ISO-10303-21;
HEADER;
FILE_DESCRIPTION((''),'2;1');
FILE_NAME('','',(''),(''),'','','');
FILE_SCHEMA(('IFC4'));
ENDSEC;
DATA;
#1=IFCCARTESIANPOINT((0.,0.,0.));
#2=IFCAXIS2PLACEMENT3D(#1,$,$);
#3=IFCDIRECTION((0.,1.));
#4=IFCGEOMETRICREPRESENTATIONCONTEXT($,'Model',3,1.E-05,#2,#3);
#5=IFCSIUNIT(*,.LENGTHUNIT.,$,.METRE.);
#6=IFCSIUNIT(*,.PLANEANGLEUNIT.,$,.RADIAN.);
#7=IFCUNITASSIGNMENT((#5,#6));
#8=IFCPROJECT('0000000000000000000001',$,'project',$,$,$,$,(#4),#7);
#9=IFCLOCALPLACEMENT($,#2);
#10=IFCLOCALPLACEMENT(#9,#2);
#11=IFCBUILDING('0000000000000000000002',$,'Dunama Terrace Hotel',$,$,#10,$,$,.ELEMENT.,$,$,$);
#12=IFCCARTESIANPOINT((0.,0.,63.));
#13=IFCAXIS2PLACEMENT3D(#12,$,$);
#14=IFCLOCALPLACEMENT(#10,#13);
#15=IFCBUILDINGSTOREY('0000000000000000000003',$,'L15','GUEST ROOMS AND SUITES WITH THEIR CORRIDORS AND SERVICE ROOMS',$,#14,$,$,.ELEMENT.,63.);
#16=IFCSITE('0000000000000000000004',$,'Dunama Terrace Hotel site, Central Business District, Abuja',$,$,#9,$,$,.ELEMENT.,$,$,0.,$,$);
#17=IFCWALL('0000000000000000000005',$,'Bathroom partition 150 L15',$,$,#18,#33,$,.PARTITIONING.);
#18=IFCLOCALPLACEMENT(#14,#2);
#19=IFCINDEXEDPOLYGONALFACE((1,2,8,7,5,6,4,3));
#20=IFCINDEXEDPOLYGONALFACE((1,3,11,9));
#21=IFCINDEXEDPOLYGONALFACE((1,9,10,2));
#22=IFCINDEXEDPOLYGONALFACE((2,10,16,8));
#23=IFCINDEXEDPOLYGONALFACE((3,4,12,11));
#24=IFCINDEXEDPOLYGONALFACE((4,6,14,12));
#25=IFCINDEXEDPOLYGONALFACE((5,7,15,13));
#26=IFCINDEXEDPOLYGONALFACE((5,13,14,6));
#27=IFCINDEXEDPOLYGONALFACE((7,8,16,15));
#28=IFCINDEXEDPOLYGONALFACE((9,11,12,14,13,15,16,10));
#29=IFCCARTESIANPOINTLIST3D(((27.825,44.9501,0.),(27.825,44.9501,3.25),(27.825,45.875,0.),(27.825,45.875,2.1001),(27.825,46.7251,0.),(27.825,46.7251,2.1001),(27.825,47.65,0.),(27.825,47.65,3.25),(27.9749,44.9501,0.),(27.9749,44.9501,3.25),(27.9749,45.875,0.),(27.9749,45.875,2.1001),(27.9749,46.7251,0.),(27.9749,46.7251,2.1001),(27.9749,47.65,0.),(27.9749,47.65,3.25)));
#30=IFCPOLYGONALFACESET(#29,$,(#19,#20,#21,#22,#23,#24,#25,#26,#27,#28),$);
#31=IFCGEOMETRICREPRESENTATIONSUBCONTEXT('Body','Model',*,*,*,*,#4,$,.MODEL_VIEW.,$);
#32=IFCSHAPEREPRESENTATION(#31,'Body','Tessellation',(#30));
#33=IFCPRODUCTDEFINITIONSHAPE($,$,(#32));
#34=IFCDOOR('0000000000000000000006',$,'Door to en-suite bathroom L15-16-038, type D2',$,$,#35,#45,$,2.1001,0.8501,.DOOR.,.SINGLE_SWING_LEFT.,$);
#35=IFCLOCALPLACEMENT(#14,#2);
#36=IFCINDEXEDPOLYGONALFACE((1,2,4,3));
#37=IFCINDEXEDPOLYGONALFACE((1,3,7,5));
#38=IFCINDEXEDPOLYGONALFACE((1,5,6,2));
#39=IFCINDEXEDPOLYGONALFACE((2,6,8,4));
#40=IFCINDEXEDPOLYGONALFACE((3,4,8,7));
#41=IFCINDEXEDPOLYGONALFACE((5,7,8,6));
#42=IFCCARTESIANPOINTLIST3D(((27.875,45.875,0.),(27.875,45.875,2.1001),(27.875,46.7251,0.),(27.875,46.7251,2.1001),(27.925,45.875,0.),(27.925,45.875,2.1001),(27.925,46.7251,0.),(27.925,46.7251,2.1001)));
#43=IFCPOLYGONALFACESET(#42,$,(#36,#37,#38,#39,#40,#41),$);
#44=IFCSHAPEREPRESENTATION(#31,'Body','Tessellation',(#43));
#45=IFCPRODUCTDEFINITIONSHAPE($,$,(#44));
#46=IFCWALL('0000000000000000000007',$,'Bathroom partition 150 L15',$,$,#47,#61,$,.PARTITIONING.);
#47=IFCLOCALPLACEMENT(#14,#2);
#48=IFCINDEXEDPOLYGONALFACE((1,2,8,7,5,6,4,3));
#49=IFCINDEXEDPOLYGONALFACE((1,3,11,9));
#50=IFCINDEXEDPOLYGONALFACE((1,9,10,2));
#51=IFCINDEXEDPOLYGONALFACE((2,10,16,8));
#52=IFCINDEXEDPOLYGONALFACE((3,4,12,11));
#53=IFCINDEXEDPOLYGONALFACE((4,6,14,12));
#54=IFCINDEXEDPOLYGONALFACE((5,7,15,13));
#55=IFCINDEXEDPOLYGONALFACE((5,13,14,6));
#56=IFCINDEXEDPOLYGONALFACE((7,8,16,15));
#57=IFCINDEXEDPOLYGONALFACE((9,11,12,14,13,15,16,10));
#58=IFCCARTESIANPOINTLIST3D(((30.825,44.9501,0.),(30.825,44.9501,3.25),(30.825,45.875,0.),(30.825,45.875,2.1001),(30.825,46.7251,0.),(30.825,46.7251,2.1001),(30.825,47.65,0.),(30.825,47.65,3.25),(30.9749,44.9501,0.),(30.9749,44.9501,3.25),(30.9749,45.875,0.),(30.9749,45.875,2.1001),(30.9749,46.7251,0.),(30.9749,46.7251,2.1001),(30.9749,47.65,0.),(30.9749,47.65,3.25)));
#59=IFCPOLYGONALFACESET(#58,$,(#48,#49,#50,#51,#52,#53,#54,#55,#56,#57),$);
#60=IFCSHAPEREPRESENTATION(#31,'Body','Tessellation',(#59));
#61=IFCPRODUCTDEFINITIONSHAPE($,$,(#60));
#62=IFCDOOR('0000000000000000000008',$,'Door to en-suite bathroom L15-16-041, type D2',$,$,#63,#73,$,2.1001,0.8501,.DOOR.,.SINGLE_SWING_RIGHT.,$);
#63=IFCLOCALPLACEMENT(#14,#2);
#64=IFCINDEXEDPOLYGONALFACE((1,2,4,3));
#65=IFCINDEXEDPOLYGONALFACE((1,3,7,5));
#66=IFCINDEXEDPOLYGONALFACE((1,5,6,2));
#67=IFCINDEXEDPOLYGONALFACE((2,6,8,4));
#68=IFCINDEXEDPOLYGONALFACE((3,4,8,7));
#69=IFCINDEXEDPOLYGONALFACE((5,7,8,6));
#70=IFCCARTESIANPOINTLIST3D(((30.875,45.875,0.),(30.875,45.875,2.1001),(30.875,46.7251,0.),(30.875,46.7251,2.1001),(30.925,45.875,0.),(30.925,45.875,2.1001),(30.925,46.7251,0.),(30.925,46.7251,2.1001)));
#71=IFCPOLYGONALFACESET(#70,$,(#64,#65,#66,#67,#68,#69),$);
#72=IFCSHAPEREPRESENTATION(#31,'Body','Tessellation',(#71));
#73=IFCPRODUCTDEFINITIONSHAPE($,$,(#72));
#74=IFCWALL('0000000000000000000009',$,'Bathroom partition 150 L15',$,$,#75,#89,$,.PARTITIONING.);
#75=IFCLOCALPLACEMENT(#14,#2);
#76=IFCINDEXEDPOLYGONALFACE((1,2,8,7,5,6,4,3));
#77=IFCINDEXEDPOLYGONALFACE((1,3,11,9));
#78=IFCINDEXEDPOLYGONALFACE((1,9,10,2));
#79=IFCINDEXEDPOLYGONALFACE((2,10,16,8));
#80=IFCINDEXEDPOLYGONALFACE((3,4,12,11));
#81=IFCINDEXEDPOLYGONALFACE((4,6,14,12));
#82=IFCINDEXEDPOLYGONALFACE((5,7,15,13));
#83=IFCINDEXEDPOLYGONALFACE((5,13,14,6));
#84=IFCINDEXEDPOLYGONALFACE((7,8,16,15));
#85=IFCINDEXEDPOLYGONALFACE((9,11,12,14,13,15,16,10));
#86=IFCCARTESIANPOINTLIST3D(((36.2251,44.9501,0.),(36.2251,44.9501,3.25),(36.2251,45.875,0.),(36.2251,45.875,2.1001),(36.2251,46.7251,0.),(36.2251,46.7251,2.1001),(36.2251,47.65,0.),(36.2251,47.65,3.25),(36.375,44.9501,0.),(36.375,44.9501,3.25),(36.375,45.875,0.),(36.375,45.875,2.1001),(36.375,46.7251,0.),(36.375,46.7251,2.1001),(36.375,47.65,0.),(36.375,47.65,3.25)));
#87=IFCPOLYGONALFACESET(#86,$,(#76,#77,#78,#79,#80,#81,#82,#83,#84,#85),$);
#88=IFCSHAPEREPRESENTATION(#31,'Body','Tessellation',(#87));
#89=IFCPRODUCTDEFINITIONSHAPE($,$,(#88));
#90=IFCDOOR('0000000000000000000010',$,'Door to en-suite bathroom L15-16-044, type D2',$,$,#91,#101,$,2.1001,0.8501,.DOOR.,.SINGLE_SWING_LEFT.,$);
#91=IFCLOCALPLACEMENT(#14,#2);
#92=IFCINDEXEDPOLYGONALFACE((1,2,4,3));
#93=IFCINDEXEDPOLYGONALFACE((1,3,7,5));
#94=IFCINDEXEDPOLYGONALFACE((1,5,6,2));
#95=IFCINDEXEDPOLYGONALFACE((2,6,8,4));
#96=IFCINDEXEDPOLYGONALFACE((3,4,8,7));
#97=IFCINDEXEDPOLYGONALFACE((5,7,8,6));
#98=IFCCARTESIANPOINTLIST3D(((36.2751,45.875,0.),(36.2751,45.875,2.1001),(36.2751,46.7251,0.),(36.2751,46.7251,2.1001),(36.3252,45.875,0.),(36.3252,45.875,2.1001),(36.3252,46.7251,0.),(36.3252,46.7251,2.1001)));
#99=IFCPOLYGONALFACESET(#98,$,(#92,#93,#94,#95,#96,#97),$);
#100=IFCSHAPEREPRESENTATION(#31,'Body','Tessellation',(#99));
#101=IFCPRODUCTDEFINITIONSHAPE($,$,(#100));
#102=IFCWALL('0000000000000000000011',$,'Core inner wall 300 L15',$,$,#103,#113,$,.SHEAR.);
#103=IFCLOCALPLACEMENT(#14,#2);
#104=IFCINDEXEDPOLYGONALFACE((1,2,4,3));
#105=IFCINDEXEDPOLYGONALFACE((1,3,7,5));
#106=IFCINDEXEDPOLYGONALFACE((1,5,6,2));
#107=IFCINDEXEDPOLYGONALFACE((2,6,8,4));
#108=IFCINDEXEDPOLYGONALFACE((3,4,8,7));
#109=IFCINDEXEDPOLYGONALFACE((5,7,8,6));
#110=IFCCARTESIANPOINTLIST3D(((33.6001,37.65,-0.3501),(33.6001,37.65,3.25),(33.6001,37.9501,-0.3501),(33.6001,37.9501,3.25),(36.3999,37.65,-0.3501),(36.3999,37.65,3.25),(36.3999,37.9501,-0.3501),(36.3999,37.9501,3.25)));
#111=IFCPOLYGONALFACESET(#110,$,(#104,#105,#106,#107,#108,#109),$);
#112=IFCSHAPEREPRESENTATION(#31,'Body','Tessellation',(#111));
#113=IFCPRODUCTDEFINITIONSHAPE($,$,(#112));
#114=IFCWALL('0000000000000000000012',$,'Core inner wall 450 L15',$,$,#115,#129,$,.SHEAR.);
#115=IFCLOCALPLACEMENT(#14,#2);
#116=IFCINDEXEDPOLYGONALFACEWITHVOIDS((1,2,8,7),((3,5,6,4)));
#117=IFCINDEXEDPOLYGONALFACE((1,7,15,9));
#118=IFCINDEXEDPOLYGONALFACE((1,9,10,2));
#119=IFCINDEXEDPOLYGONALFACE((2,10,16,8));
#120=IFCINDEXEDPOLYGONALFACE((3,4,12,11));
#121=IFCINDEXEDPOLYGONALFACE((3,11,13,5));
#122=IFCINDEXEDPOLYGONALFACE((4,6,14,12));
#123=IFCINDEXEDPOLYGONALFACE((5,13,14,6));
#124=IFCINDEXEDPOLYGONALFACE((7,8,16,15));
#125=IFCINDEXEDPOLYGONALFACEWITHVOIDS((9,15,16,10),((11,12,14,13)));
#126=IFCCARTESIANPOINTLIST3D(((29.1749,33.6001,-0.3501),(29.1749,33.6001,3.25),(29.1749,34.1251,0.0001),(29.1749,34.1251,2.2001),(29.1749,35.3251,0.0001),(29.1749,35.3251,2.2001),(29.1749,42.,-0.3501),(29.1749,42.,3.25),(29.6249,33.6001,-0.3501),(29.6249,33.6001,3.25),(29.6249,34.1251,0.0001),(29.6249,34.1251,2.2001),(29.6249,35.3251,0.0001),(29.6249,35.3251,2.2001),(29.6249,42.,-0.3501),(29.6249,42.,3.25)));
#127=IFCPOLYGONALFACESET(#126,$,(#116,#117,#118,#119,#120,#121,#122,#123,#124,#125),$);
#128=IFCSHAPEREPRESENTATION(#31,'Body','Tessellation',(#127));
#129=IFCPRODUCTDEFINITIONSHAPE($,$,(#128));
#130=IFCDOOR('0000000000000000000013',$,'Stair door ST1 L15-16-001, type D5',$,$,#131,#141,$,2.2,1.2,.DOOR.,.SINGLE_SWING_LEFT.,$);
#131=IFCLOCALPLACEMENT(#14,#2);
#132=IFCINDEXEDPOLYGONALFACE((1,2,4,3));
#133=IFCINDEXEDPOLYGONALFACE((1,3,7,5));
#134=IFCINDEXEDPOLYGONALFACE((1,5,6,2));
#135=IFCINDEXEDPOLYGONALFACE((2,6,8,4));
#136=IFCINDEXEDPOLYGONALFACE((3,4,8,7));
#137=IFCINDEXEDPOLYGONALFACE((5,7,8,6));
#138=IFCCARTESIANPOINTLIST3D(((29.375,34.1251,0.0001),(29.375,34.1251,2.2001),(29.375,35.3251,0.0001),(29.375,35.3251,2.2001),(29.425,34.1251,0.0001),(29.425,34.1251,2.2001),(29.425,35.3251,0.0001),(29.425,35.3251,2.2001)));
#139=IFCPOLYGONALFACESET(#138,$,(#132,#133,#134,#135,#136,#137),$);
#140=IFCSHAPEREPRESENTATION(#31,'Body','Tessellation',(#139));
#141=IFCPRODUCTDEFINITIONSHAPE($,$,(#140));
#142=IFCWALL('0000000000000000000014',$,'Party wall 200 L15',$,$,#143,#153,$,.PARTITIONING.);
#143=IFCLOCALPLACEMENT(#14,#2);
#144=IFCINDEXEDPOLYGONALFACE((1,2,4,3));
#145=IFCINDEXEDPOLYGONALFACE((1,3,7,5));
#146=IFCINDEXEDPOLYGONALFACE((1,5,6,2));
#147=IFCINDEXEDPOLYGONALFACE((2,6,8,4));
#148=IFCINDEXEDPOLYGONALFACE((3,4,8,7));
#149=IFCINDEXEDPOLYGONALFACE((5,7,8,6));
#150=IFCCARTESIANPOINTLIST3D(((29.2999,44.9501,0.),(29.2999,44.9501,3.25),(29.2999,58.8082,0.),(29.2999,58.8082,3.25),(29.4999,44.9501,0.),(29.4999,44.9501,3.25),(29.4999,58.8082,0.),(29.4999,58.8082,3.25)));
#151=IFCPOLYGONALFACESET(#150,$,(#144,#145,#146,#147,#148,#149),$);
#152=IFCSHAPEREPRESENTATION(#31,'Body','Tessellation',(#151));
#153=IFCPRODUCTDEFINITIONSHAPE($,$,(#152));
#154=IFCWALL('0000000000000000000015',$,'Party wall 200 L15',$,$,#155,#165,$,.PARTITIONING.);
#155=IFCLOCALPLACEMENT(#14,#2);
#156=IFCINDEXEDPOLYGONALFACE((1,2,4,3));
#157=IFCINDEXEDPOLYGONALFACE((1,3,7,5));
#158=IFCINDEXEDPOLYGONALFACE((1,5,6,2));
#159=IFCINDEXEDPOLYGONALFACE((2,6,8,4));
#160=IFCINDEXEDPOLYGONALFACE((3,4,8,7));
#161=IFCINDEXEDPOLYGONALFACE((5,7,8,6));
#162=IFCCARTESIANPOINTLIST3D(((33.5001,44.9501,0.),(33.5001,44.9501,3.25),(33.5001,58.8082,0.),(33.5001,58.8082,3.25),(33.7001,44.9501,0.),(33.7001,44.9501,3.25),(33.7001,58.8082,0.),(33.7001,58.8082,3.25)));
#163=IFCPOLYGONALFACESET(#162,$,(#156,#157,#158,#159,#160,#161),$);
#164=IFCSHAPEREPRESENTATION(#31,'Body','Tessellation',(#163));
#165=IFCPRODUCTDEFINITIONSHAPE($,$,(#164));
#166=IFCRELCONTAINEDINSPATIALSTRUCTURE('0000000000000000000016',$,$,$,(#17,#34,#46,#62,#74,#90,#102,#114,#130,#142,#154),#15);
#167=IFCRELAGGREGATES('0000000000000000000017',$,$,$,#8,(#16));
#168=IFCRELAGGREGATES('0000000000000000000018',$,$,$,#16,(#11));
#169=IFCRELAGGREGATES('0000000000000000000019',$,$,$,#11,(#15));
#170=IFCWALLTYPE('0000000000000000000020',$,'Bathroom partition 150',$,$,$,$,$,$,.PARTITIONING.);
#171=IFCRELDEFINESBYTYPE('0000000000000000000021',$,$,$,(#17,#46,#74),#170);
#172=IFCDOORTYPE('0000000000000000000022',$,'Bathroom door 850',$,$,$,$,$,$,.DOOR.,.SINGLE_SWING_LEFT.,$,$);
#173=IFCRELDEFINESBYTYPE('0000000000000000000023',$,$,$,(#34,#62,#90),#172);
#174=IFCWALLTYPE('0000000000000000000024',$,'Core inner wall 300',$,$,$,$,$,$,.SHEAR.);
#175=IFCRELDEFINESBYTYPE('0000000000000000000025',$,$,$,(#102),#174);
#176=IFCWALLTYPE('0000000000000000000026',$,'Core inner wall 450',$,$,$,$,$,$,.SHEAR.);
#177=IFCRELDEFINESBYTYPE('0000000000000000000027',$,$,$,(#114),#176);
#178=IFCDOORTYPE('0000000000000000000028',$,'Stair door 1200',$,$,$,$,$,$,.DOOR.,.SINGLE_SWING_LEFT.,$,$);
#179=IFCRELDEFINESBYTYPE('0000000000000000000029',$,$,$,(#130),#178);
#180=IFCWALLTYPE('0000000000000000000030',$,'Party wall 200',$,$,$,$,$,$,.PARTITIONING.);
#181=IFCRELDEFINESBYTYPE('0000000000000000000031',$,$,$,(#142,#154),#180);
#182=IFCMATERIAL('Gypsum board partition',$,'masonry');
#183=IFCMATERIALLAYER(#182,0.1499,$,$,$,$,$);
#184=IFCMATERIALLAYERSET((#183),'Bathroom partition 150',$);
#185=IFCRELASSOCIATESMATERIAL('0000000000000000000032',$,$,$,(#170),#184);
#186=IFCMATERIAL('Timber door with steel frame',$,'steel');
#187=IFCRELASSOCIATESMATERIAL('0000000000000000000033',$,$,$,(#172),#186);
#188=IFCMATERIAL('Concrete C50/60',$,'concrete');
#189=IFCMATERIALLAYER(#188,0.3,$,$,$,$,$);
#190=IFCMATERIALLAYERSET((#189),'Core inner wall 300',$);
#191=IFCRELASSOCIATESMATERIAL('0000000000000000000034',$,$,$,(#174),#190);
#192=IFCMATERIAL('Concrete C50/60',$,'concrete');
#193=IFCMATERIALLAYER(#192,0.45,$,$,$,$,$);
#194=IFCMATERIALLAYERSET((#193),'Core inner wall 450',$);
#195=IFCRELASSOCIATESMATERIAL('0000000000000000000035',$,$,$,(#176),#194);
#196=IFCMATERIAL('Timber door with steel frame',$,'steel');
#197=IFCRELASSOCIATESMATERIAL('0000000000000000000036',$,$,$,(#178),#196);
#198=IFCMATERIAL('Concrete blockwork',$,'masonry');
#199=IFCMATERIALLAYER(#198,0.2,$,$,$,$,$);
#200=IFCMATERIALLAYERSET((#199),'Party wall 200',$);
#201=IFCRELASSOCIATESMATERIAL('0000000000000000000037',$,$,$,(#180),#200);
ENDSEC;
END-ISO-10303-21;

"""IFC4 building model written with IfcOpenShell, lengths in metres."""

from ifc_helpers import new_model, si_unit, direction, frame, frame_2d, origin, place, context, subcontext, project, spatial, rectangle, extrude, material, layer, layer_set, type_object, element, fill, save


model = new_model("IFC4")

# Units and contexts
model_context = context("Model", 3, precision=1e-05, world=origin(), true_north=direction((0.0, 1.0)))
body_context = subcontext(model_context, "Body", "Model", "MODEL_VIEW")
ifc_project = project(units=[si_unit("LENGTHUNIT", "METRE"), si_unit("PLANEANGLEUNIT", "RADIAN")], contexts=[model_context])

# Site, building, storey
site_placement = place(None, origin())
site = spatial("IfcSite", under=ifc_project, at=site_placement, Name="Dunama Terrace Hotel site, Central Business District, Abuja", CompositionType="ELEMENT", RefElevation=0.0)
building_placement = place(site_placement, origin())
building = spatial("IfcBuilding", under=site, at=building_placement, Name="Dunama Terrace Hotel", CompositionType="ELEMENT")
storey_placement = place(building_placement, frame((0.0, 0.0, 63.0)))
storey = spatial("IfcBuildingStorey", under=building, at=storey_placement, Name="L15", Description="GUEST ROOMS AND SUITES WITH THEIR CORRIDORS AND SERVICE ROOMS", CompositionType="ELEMENT", Elevation=63.0)

# Walls, openings, doors
ifc_material_1 = material(Name="Gypsum board partition", Category="masonry")
ifc_layer_1 = layer(ifc_material_1, 0.1499)
ifc_layer_set_1 = layer_set([ifc_layer_1], Name="Bathroom partition 150")
wall_type_1 = type_object("IfcWallType", Name="Bathroom partition 150", PredefinedType="PARTITIONING", material=ifc_layer_set_1)
wall_1_placement = place(storey_placement, frame((27.8999, 44.95, 0.0), z_axis=(0.0, 0.0, 1.0), x_axis=(0.0, 1.0, 0.0)))
wall_1 = element("IfcWall", 1, at=wall_1_placement, inside=storey, type_object=wall_type_1, Name="Bathroom partition 150 L15", PredefinedType="PARTITIONING", context=body_context, shape_type="SweptSolid", body=[
    extrude(rectangle(XDim=2.7, YDim=0.1499, at=frame_2d((1.3501, 0.0))), origin(), (0.0, 0.0, 1.0), 3.25),
])
opening_1_placement = place(wall_1_placement, frame((0.925, 0.0, 0.0)))
opening_1 = element("IfcOpeningElement", 2, at=opening_1_placement, cuts=wall_1, PredefinedType="OPENING", context=body_context, shape_type="SweptSolid", body=[
    extrude(rectangle(XDim=0.8501, YDim=2.1001, at=frame_2d((0.425, 1.05))), frame((0.0, 0.085, 0.0), z_axis=(0.0, -1.0, 0.0), x_axis=(1.0, 0.0, 0.0)), (0.0, 0.0, 1.0), 0.1699),
])
ifc_material_2 = material(Name="Timber door with steel frame", Category="steel")
door_type_1 = type_object("IfcDoorType", Name="Bathroom door 850", OperationType="SINGLE_SWING_LEFT", PredefinedType="DOOR", material=ifc_material_2)
door_1_placement = place(opening_1_placement, origin())
door_1 = element("IfcDoor", 3, at=door_1_placement, inside=storey, type_object=door_type_1, Name="Door to en-suite bathroom L15-16-038, type D2", OperationType="SINGLE_SWING_LEFT", OverallHeight=2.1001, OverallWidth=0.8501, PredefinedType="DOOR", context=body_context, shape_type="SweptSolid", body=[
    extrude(rectangle(XDim=0.8501, YDim=2.1001, at=frame_2d((0.425, 1.05))), frame((0.0, 0.0249, 0.0), z_axis=(0.0, -1.0, 0.0), x_axis=(1.0, 0.0, 0.0)), (0.0, 0.0, 1.0), 0.05),
])
fill(opening_1, door_1)
wall_2_placement = place(storey_placement, frame((30.8999, 44.95, 0.0), z_axis=(0.0, 0.0, 1.0), x_axis=(0.0, 1.0, 0.0)))
wall_2 = element("IfcWall", 4, at=wall_2_placement, inside=storey, type_object=wall_type_1, Name="Bathroom partition 150 L15", PredefinedType="PARTITIONING", context=body_context, shape_type="SweptSolid", body=[
    extrude(rectangle(XDim=2.7, YDim=0.1499, at=frame_2d((1.3501, 0.0))), origin(), (0.0, 0.0, 1.0), 3.25),
])
opening_2_placement = place(wall_2_placement, frame((0.925, 0.0, 0.0)))
opening_2 = element("IfcOpeningElement", 5, at=opening_2_placement, cuts=wall_2, PredefinedType="OPENING", context=body_context, shape_type="SweptSolid", body=[
    extrude(rectangle(XDim=0.8501, YDim=2.1001, at=frame_2d((0.425, 1.05))), frame((0.0, 0.085, 0.0), z_axis=(0.0, -1.0, 0.0), x_axis=(1.0, 0.0, 0.0)), (0.0, 0.0, 1.0), 0.1699),
])
door_2_placement = place(opening_2_placement, frame((0.8501, 0.0, 0.0), z_axis=(0.0, 0.0, 1.0), x_axis=(-1.0, 0.0, 0.0)))
door_2 = element("IfcDoor", 6, at=door_2_placement, inside=storey, type_object=door_type_1, Name="Door to en-suite bathroom L15-16-041, type D2", OperationType="SINGLE_SWING_RIGHT", OverallHeight=2.1001, OverallWidth=0.8501, PredefinedType="DOOR", context=body_context, shape_type="SweptSolid", body=[
    extrude(rectangle(XDim=0.8501, YDim=2.1001, at=frame_2d((0.425, 1.05))), frame((0.0, 0.0251, 0.0), z_axis=(0.0, -1.0, 0.0), x_axis=(1.0, 0.0, 0.0)), (0.0, 0.0, 1.0), 0.05),
])
fill(opening_2, door_2)
wall_3_placement = place(storey_placement, frame((36.3, 44.95, 0.0), z_axis=(0.0, 0.0, 1.0), x_axis=(0.0, 1.0, 0.0)))
wall_3 = element("IfcWall", 7, at=wall_3_placement, inside=storey, type_object=wall_type_1, Name="Bathroom partition 150 L15", PredefinedType="PARTITIONING", context=body_context, shape_type="SweptSolid", body=[
    extrude(rectangle(XDim=2.7, YDim=0.1499, at=frame_2d((1.3501, 0.0))), origin(), (0.0, 0.0, 1.0), 3.25),
])
opening_3_placement = place(wall_3_placement, frame((0.925, 0.0, 0.0)))
opening_3 = element("IfcOpeningElement", 8, at=opening_3_placement, cuts=wall_3, PredefinedType="OPENING", context=body_context, shape_type="SweptSolid", body=[
    extrude(rectangle(XDim=0.8501, YDim=2.1001, at=frame_2d((0.425, 1.05))), frame((0.0, 0.085, 0.0), z_axis=(0.0, -1.0, 0.0), x_axis=(1.0, 0.0, 0.0)), (0.0, 0.0, 1.0), 0.1699),
])
door_3_placement = place(opening_3_placement, origin())
door_3 = element("IfcDoor", 9, at=door_3_placement, inside=storey, type_object=door_type_1, Name="Door to en-suite bathroom L15-16-044, type D2", OperationType="SINGLE_SWING_LEFT", OverallHeight=2.1001, OverallWidth=0.8501, PredefinedType="DOOR", context=body_context, shape_type="SweptSolid", body=[
    extrude(rectangle(XDim=0.8501, YDim=2.1001, at=frame_2d((0.425, 1.05))), frame((0.0, 0.0249, 0.0), z_axis=(0.0, -1.0, 0.0), x_axis=(1.0, 0.0, 0.0)), (0.0, 0.0, 1.0), 0.05),
])
fill(opening_3, door_3)

# Wall
ifc_material_3 = material(Name="Concrete C50/60", Category="concrete")
ifc_layer_2 = layer(ifc_material_3, 0.3)
ifc_layer_set_2 = layer_set([ifc_layer_2], Name="Core inner wall 300")
wall_type_2 = type_object("IfcWallType", Name="Core inner wall 300", PredefinedType="SHEAR", material=ifc_layer_set_2)
wall_4_placement = place(storey_placement, frame((33.6001, 37.8, -0.3501), z_axis=(0.0, 0.0, 1.0), x_axis=(1.0, 0.0, 0.0)))
element("IfcWall", 10, at=wall_4_placement, inside=storey, type_object=wall_type_2, Name="Core inner wall 300 L15", PredefinedType="SHEAR", context=body_context, shape_type="SweptSolid", body=[
    extrude(rectangle(XDim=2.7998, YDim=0.3, at=frame_2d((1.3999, 0.0))), origin(), (0.0, 0.0, 1.0), 3.6001),
])

# Wall, opening, door
ifc_material_4 = material(Name="Concrete C50/60", Category="concrete")
ifc_layer_3 = layer(ifc_material_4, 0.45)
ifc_layer_set_3 = layer_set([ifc_layer_3], Name="Core inner wall 450")
wall_type_3 = type_object("IfcWallType", Name="Core inner wall 450", PredefinedType="SHEAR", material=ifc_layer_set_3)
wall_5_placement = place(storey_placement, frame((29.3999, 33.6001, -0.3501), z_axis=(0.0, 0.0, 1.0), x_axis=(0.0, 1.0, 0.0)))
wall_5 = element("IfcWall", 11, at=wall_5_placement, inside=storey, type_object=wall_type_3, Name="Core inner wall 450 L15", PredefinedType="SHEAR", context=body_context, shape_type="SweptSolid", body=[
    extrude(rectangle(XDim=8.3999, YDim=0.45, at=frame_2d((4.2, 0.0))), origin(), (0.0, 0.0, 1.0), 3.6001),
])
opening_4_placement = place(wall_5_placement, frame((0.5249, 0.0, 0.3501)))
opening_4 = element("IfcOpeningElement", 12, at=opening_4_placement, cuts=wall_5, PredefinedType="OPENING", context=body_context, shape_type="SweptSolid", body=[
    extrude(rectangle(XDim=1.2, YDim=2.2, at=frame_2d((0.6001, 1.1001))), frame((0.0, 0.2349, 0.0), z_axis=(0.0, -1.0, 0.0), x_axis=(1.0, 0.0, 0.0)), (0.0, 0.0, 1.0), 0.47),
])
ifc_material_5 = material(Name="Timber door with steel frame", Category="steel")
door_type_2 = type_object("IfcDoorType", Name="Stair door 1200", OperationType="SINGLE_SWING_LEFT", PredefinedType="DOOR", material=ifc_material_5)
door_4_placement = place(opening_4_placement, origin())
door_4 = element("IfcDoor", 13, at=door_4_placement, inside=storey, type_object=door_type_2, Name="Stair door ST1 L15-16-001, type D5", OperationType="SINGLE_SWING_LEFT", OverallHeight=2.2, OverallWidth=1.2, PredefinedType="DOOR", context=body_context, shape_type="SweptSolid", body=[
    extrude(rectangle(XDim=1.2, YDim=2.2, at=frame_2d((0.6001, 1.1001))), frame((0.0, 0.0249, 0.0), z_axis=(0.0, -1.0, 0.0), x_axis=(1.0, 0.0, 0.0)), (0.0, 0.0, 1.0), 0.05),
])
fill(opening_4, door_4)

# Walls
ifc_material_6 = material(Name="Concrete blockwork", Category="masonry")
ifc_layer_4 = layer(ifc_material_6, 0.2)
ifc_layer_set_4 = layer_set([ifc_layer_4], Name="Party wall 200")
wall_type_4 = type_object("IfcWallType", Name="Party wall 200", PredefinedType="PARTITIONING", material=ifc_layer_set_4)
for number, where, z_axis, x_axis, name in (
    (14, (29.3999, 44.95, 0.0), (0.0, 0.0, 1.0), (0.0, 1.0, 0.0), "Party wall 200 L15"),
    (15, (33.6001, 44.95, 0.0), (0.0, 0.0, 1.0), (0.0, 1.0, 0.0), "Party wall 200 L15"),
):
    element("IfcWall", number, at=place(storey_placement, frame(where, z_axis=z_axis, x_axis=x_axis)), inside=storey, type_object=wall_type_4, Name=name, PredefinedType="PARTITIONING", context=body_context, shape_type="SweptSolid", body=[
        extrude(rectangle(XDim=13.8582, YDim=0.2, at=frame_2d((6.9292, 0.0))), origin(), (0.0, 0.0, 1.0), 3.25),
    ])

save(model, "model.ifc")
